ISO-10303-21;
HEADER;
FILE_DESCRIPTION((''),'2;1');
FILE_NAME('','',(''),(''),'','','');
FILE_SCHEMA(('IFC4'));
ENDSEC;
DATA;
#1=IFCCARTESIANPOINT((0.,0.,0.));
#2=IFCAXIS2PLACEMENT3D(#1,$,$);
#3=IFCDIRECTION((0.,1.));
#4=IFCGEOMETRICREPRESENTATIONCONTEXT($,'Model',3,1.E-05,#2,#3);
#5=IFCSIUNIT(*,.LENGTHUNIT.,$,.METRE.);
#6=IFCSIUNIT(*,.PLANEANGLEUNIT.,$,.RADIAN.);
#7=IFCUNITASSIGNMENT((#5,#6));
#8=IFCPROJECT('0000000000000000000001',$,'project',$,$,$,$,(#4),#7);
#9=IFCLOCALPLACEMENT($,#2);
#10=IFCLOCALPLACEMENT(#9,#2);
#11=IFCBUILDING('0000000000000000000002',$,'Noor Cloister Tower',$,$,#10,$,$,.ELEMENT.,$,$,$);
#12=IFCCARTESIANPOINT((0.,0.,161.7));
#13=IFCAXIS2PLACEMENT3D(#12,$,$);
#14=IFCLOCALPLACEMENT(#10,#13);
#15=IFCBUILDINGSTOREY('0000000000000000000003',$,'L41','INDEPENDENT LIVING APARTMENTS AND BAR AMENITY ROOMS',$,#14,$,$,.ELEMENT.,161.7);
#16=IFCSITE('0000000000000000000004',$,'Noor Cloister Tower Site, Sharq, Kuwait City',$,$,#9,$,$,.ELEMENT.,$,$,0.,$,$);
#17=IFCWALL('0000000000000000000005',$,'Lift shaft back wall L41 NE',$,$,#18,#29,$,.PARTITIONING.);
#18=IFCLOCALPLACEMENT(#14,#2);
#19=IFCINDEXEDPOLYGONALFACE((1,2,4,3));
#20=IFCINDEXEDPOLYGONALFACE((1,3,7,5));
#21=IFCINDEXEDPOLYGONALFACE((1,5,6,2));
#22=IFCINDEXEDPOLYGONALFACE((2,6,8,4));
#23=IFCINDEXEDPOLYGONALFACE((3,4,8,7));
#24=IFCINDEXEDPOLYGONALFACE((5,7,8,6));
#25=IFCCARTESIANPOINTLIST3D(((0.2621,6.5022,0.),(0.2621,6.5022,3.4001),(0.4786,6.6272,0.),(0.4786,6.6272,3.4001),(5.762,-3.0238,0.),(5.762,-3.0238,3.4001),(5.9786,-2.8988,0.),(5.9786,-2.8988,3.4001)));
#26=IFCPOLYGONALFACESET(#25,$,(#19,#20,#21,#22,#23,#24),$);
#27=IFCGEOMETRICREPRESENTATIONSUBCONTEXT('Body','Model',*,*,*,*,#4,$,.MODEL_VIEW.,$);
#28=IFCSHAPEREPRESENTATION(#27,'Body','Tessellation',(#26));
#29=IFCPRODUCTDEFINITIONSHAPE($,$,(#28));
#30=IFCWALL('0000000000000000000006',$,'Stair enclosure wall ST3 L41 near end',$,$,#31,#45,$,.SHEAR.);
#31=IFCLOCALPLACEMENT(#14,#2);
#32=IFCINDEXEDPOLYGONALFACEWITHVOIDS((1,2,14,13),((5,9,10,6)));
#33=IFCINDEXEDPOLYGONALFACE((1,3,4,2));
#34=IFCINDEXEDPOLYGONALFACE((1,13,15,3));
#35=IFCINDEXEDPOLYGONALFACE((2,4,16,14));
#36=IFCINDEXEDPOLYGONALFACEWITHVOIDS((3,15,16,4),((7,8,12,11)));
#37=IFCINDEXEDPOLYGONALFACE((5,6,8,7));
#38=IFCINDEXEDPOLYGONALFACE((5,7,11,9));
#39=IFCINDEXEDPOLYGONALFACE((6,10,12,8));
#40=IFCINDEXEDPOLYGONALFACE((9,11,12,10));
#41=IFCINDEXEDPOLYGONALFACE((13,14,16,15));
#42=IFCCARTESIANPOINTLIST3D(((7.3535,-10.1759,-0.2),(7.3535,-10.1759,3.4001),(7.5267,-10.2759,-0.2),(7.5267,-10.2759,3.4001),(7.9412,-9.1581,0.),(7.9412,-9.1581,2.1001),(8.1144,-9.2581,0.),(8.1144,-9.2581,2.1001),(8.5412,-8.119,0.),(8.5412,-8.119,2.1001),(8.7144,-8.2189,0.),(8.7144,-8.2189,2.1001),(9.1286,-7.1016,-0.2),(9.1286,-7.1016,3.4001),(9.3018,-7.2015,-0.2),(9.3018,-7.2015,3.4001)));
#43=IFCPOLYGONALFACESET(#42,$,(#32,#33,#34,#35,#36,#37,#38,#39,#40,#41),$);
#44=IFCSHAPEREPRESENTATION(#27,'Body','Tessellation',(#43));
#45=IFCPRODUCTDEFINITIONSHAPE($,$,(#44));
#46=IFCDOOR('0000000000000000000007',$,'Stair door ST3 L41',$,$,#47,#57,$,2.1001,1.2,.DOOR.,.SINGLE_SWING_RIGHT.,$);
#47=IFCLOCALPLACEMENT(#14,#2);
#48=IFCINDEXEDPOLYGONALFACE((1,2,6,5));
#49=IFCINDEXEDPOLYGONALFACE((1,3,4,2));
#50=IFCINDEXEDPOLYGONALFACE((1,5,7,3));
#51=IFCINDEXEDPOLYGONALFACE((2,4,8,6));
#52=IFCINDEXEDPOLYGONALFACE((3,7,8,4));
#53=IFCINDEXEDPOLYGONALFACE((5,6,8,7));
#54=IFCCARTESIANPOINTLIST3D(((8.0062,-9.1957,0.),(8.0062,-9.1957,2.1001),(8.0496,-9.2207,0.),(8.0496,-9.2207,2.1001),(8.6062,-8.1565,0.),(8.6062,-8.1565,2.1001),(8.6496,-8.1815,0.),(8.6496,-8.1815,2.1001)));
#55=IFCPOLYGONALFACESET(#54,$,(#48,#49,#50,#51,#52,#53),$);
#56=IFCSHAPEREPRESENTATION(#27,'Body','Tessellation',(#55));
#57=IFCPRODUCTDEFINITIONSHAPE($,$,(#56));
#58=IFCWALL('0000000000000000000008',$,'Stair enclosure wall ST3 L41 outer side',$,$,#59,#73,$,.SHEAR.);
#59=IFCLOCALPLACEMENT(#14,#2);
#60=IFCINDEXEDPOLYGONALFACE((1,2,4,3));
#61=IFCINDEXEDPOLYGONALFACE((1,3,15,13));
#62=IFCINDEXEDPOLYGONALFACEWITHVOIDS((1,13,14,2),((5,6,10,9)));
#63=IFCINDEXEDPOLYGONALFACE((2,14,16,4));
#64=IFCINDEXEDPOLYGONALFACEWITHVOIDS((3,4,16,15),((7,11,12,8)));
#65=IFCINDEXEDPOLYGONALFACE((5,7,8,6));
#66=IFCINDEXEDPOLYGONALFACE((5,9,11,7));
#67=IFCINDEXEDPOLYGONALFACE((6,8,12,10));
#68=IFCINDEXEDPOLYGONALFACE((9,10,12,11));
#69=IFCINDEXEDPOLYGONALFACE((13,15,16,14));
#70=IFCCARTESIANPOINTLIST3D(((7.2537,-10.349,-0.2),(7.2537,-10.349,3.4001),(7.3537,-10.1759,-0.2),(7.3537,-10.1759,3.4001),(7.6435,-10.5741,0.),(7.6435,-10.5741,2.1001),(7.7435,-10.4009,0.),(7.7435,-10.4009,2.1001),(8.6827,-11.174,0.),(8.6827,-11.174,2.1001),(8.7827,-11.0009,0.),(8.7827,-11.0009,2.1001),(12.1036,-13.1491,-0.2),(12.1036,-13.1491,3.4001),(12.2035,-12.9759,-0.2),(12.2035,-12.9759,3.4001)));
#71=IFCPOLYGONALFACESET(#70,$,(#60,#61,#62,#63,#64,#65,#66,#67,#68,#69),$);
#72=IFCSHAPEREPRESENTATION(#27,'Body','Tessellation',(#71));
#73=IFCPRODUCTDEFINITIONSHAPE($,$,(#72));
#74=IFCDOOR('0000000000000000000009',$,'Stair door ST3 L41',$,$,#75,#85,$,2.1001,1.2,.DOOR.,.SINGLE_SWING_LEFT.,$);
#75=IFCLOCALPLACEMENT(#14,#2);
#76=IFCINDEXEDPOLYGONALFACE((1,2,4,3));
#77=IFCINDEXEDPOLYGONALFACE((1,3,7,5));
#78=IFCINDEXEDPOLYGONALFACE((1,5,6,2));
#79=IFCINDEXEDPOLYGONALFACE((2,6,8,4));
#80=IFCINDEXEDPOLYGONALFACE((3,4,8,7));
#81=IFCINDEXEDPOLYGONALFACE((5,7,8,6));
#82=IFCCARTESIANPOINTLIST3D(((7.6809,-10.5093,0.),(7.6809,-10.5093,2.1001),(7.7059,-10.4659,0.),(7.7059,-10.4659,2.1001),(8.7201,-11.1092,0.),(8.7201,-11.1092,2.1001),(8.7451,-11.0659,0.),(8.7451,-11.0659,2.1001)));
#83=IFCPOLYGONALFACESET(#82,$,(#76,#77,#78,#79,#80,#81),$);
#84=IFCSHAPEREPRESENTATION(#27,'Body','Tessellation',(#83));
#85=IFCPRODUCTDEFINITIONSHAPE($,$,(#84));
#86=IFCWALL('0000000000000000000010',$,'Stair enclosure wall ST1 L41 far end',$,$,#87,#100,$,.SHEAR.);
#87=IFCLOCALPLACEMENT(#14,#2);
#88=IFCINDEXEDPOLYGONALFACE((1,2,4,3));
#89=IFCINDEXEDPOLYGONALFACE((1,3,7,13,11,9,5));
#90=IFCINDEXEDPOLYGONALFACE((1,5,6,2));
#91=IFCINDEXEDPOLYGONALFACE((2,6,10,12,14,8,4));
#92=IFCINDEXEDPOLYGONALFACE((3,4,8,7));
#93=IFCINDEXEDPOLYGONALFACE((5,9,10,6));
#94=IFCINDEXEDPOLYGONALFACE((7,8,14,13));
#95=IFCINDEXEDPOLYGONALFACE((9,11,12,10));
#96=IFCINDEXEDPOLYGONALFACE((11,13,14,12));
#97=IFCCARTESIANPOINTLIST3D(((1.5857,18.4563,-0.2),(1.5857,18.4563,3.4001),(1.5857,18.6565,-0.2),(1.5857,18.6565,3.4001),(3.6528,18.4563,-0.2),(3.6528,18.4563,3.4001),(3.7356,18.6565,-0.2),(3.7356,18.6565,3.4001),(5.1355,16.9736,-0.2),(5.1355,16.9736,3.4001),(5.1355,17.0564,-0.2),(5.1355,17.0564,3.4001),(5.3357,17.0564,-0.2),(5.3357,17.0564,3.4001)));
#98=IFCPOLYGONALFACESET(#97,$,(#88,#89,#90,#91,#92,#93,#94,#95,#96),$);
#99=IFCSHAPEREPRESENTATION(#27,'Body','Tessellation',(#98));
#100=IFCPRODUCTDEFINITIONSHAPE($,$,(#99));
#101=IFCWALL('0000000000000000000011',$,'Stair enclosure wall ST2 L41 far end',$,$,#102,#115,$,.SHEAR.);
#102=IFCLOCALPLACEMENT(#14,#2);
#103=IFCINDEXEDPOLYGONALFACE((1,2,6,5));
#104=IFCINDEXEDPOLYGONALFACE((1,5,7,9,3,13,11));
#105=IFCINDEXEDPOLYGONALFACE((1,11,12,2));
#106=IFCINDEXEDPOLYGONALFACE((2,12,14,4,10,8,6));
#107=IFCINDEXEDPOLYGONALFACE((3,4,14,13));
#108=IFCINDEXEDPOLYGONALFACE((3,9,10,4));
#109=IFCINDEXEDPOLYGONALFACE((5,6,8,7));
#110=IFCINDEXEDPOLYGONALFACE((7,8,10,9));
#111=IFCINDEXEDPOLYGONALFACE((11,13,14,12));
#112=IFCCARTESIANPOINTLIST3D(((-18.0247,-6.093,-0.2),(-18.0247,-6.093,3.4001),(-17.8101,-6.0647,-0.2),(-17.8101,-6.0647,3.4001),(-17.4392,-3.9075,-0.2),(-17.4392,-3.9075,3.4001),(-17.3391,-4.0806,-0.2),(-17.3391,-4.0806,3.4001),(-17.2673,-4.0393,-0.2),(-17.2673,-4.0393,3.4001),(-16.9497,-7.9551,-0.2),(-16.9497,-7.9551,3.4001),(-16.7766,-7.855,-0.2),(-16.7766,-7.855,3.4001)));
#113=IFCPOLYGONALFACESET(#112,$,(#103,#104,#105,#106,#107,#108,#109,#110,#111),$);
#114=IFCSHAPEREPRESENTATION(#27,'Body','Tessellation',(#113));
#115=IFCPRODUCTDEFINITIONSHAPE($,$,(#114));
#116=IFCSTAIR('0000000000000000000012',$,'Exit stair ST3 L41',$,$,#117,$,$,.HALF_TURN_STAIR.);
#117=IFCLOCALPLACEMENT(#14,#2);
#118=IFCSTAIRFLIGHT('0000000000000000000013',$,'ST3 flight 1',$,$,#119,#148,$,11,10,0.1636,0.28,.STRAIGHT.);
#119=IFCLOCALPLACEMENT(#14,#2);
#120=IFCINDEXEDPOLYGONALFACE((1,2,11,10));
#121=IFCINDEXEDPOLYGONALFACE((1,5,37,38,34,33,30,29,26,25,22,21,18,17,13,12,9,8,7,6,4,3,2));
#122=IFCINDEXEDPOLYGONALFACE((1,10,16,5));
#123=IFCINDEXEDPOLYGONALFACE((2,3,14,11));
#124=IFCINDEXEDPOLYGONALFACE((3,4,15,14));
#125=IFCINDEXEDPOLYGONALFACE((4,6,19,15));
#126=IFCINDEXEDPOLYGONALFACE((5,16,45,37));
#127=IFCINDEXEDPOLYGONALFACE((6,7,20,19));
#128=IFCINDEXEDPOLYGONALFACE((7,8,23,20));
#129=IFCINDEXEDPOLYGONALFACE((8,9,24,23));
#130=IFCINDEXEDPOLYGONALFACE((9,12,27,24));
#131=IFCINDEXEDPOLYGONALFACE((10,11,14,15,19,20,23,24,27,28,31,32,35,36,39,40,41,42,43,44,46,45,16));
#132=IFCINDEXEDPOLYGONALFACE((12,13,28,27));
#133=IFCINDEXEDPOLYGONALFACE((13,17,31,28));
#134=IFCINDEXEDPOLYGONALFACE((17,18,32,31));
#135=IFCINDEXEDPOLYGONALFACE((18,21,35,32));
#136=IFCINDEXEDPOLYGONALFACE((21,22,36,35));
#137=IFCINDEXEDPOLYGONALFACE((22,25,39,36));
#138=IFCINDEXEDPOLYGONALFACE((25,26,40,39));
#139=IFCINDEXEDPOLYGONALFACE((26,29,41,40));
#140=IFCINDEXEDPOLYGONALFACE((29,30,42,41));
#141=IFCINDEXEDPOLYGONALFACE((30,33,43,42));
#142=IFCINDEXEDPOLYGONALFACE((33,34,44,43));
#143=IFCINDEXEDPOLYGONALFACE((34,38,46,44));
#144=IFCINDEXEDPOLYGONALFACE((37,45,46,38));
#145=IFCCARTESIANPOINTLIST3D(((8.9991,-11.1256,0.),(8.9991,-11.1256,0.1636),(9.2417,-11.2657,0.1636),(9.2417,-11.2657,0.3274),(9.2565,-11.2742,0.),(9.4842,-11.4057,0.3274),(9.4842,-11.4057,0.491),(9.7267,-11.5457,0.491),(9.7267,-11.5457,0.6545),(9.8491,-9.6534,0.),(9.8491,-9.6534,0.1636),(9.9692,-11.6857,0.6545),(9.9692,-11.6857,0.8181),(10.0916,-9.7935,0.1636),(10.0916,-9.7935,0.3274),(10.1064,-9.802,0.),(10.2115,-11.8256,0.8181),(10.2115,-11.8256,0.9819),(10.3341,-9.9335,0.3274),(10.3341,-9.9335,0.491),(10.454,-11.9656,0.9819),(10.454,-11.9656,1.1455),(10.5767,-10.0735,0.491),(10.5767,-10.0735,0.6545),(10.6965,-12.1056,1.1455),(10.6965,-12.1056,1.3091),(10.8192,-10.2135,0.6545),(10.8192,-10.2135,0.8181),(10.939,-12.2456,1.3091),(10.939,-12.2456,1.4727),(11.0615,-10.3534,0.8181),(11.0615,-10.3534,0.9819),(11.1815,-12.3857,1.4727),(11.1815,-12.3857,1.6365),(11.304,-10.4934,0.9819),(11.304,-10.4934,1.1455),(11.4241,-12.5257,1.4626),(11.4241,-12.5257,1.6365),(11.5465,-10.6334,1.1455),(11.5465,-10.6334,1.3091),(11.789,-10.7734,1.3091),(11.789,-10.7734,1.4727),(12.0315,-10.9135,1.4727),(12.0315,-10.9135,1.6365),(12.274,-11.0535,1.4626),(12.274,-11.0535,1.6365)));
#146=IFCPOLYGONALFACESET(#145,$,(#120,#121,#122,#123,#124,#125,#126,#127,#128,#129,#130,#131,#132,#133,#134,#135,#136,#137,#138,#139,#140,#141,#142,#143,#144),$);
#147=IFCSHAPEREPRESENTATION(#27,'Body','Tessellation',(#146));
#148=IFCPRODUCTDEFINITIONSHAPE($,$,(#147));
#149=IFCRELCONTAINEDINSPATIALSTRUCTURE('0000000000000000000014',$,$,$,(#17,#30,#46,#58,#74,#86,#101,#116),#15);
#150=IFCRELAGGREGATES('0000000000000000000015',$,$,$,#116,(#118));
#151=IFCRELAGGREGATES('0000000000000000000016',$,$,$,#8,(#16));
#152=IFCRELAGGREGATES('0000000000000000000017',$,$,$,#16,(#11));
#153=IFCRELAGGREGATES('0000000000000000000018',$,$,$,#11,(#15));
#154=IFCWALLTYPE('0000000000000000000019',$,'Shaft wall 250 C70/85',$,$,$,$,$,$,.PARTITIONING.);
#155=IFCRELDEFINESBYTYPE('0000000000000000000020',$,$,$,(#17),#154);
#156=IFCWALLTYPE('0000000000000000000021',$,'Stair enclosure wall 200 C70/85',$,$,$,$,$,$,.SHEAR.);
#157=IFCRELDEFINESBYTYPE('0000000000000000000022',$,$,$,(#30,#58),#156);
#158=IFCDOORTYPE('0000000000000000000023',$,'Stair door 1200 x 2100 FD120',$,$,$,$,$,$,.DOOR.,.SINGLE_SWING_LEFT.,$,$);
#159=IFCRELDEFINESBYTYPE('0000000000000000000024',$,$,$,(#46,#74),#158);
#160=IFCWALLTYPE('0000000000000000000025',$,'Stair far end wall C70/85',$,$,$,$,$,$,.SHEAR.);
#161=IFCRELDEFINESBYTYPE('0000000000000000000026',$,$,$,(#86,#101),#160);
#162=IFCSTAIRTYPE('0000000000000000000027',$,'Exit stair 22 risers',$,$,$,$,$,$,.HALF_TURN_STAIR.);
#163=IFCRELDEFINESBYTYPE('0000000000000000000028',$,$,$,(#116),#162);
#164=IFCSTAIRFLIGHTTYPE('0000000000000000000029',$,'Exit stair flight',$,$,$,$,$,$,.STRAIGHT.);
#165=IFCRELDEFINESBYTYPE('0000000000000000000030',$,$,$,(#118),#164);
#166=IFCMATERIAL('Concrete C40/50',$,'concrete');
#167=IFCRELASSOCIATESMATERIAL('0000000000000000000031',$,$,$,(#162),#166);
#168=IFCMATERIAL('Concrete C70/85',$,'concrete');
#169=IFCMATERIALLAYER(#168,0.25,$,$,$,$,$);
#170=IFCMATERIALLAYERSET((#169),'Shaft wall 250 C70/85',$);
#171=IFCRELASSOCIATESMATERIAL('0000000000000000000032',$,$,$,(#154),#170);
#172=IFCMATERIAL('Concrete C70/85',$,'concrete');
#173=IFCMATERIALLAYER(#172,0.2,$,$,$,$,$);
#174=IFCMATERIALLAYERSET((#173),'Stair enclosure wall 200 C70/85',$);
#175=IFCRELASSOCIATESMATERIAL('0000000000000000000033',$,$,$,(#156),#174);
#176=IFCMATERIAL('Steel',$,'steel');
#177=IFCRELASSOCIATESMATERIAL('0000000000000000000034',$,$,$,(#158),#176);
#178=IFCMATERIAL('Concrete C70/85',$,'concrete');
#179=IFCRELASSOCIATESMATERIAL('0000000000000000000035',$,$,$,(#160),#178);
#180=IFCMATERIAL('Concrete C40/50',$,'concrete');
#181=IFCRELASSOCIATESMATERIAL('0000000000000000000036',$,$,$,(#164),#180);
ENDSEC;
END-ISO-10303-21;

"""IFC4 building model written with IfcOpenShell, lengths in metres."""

from ifc_helpers import new_model, si_unit, direction, frame, frame_2d, origin, place, context, subcontext, project, spatial, polyline, rectangle, outline, extrude, material, layer, layer_set, type_object, element, fill, aggregate, save


model = new_model("IFC4")

# Units and contexts
model_context = context("Model", 3, precision=1e-05, world=origin(), true_north=direction((0.0, 1.0)))
body_context = subcontext(model_context, "Body", "Model", "MODEL_VIEW")
ifc_project = project(units=[si_unit("LENGTHUNIT", "METRE"), si_unit("PLANEANGLEUNIT", "RADIAN")], contexts=[model_context])

# Site, building, storey
site_placement = place(None, origin())
site = spatial("IfcSite", under=ifc_project, at=site_placement, Name="Noor Cloister Tower Site, Sharq, Kuwait City", CompositionType="ELEMENT", RefElevation=0.0)
building_placement = place(site_placement, origin())
building = spatial("IfcBuilding", under=site, at=building_placement, Name="Noor Cloister Tower", CompositionType="ELEMENT")
storey_placement = place(building_placement, frame((0.0, 0.0, 161.7)))
storey = spatial("IfcBuildingStorey", under=building, at=storey_placement, Name="L41", Description="INDEPENDENT LIVING APARTMENTS AND BAR AMENITY ROOMS", CompositionType="ELEMENT", Elevation=161.7)

# Shared definitions
ifc_material_1 = material(Name="Concrete C40/50", Category="concrete")
stair_type = type_object("IfcStairType", Name="Exit stair 22 risers", PredefinedType="HALF_TURN_STAIR", material=ifc_material_1)

# Wall
ifc_material_2 = material(Name="Concrete C70/85", Category="concrete")
ifc_layer_1 = layer(ifc_material_2, 0.25)
ifc_layer_set_1 = layer_set([ifc_layer_1], Name="Shaft wall 250 C70/85")
wall_type_1 = type_object("IfcWallType", Name="Shaft wall 250 C70/85", PredefinedType="PARTITIONING", material=ifc_layer_set_1)
wall_1_placement = place(storey_placement, frame((5.8704, -2.9614, 0.0), z_axis=(0.0, 0.0, 1.0), x_axis=(-0.500006, 0.866022, 0.0)))
element("IfcWall", 1, at=wall_1_placement, inside=storey, type_object=wall_type_1, Name="Lift shaft back wall L41 NE", PredefinedType="PARTITIONING", context=body_context, shape_type="SweptSolid", body=[
    extrude(rectangle(XDim=10.9998, YDim=0.25, at=frame_2d((5.5, 0.0))), origin(), (0.0, 0.0, 1.0), 3.4001),
])

# Walls, openings, doors
ifc_material_3 = material(Name="Concrete C70/85", Category="concrete")
ifc_layer_2 = layer(ifc_material_3, 0.2)
ifc_layer_set_2 = layer_set([ifc_layer_2], Name="Stair enclosure wall 200 C70/85")
wall_type_2 = type_object("IfcWallType", Name="Stair enclosure wall 200 C70/85", PredefinedType="SHEAR", material=ifc_layer_set_2)
wall_2_placement = place(storey_placement, frame((7.4402, -10.2258, -0.2), z_axis=(0.0, 0.0, 1.0), x_axis=(0.500022, 0.866013, 0.0)))
wall_2 = element("IfcWall", 2, at=wall_2_placement, inside=storey, type_object=wall_type_2, Name="Stair enclosure wall ST3 L41 near end", PredefinedType="SHEAR", context=body_context, shape_type="SweptSolid", body=[
    extrude(rectangle(XDim=3.55, YDim=0.2, at=frame_2d((1.7749, 0.0))), origin(), (0.0, 0.0, 1.0), 3.6001),
])
opening_1_placement = place(wall_2_placement, frame((1.175, 0.0, 0.2)))
opening_1 = element("IfcOpeningElement", 3, at=opening_1_placement, cuts=wall_2, PredefinedType="OPENING", context=body_context, shape_type="SweptSolid", body=[
    extrude(rectangle(XDim=1.2, YDim=2.1001, at=frame_2d((0.6001, 1.05))), frame((0.0, 0.1099, 0.0), z_axis=(0.0, -1.0, 0.0), x_axis=(1.0, 0.0, 0.0)), (0.0, 0.0, 1.0), 0.22),
])
ifc_material_4 = material(Name="Steel", Category="steel")
door_type_1 = type_object("IfcDoorType", Name="Stair door 1200 x 2100 FD120", OperationType="SINGLE_SWING_LEFT", PredefinedType="DOOR", material=ifc_material_4)
door_1_placement = place(opening_1_placement, origin())
door_1 = element("IfcDoor", 4, at=door_1_placement, inside=storey, type_object=door_type_1, Name="Stair door ST3 L41", OperationType="SINGLE_SWING_RIGHT", OverallHeight=2.1001, OverallWidth=1.2, PredefinedType="DOOR", context=body_context, shape_type="SweptSolid", body=[
    extrude(rectangle(XDim=1.2, YDim=2.1001, at=frame_2d((0.6001, 1.05))), frame((0.0, 0.0249, 0.0), z_axis=(0.0, -1.0, 0.0), x_axis=(1.0, 0.0, 0.0)), (0.0, 0.0, 1.0), 0.05),
])
fill(opening_1, door_1)
wall_3_placement = place(storey_placement, frame((7.3037, -10.2625, -0.2), z_axis=(0.0, 0.0, 1.0), x_axis=(0.866027, -0.499998, 0.0)))
wall_3 = element("IfcWall", 5, at=wall_3_placement, inside=storey, type_object=wall_type_2, Name="Stair enclosure wall ST3 L41 outer side", PredefinedType="SHEAR", context=body_context, shape_type="SweptSolid", body=[
    extrude(rectangle(XDim=5.6001, YDim=0.2, at=frame_2d((2.8, 0.0))), origin(), (0.0, 0.0, 1.0), 3.6001),
])
opening_2_placement = place(wall_3_placement, frame((0.45, 0.0, 0.2)))
opening_2 = element("IfcOpeningElement", 6, at=opening_2_placement, cuts=wall_3, PredefinedType="OPENING", context=body_context, shape_type="SweptSolid", body=[
    extrude(rectangle(XDim=1.2, YDim=2.1001, at=frame_2d((0.6001, 1.05))), frame((0.0, 0.1099, 0.0), z_axis=(0.0, -1.0, 0.0), x_axis=(1.0, 0.0, 0.0)), (0.0, 0.0, 1.0), 0.22),
])
door_2_placement = place(opening_2_placement, origin())
door_2 = element("IfcDoor", 7, at=door_2_placement, inside=storey, type_object=door_type_1, Name="Stair door ST3 L41", OperationType="SINGLE_SWING_LEFT", OverallHeight=2.1001, OverallWidth=1.2, PredefinedType="DOOR", context=body_context, shape_type="SweptSolid", body=[
    extrude(rectangle(XDim=1.2, YDim=2.1001, at=frame_2d((0.6001, 1.05))), frame((0.0, 0.0249, 0.0), z_axis=(0.0, -1.0, 0.0), x_axis=(1.0, 0.0, 0.0)), (0.0, 0.0, 1.0), 0.05),
])
fill(opening_2, door_2)

# Walls
ifc_material_5 = material(Name="Concrete C70/85", Category="concrete")
wall_type_3 = type_object("IfcWallType", Name="Stair far end wall C70/85", PredefinedType="SHEAR", material=ifc_material_5)
wall_4_placement = place(storey_placement, frame((0.0, 0.0, -0.2)))
element("IfcWall", 8, at=wall_4_placement, inside=storey, type_object=wall_type_3, Name="Stair enclosure wall ST1 L41 far end", PredefinedType="SHEAR", context=body_context, shape_type="SweptSolid", body=[
    extrude(outline(polyline([(5.3357, 17.0564), (3.7356, 18.6565), (1.5857, 18.6565), (1.5857, 18.4563), (3.6528, 18.4563), (5.1355, 16.9736), (5.1355, 17.0564), (5.1355, 17.0564), (5.1355, 17.0564), (5.1355, 17.0564), (5.1355, 17.0564), (5.1355, 17.0564), (5.1355, 17.0564), (5.1355, 17.0564), (5.1355, 17.0564), (5.1355, 17.0564), (5.1355, 17.0564), (5.1355, 17.0564), (5.1355, 17.0564), (5.1355, 17.0564), (5.1355, 17.0564), (5.1355, 17.0564), (5.1355, 17.0564), (5.3357, 17.0564)])), origin(), (0.0, 0.0, 1.0), 3.6001),
])
wall_5_placement = place(storey_placement, frame((0.0, 0.0, -0.2)))
element("IfcWall", 9, at=wall_5_placement, inside=storey, type_object=wall_type_3, Name="Stair enclosure wall ST2 L41 far end", PredefinedType="SHEAR", context=body_context, shape_type="SweptSolid", body=[
    extrude(outline(polyline([(-17.4392, -3.9075), (-18.0247, -6.093), (-16.9497, -7.9551), (-16.7766, -7.855), (-17.8101, -6.0647), (-17.2673, -4.0393), (-17.3391, -4.0806), (-17.3391, -4.0806), (-17.3391, -4.0806), (-17.3391, -4.0806), (-17.3391, -4.0806), (-17.3391, -4.0806), (-17.3391, -4.0806), (-17.3391, -4.0806), (-17.3391, -4.0806), (-17.3391, -4.0806), (-17.3391, -4.0806), (-17.3391, -4.0806), (-17.3391, -4.0806), (-17.3391, -4.0806), (-17.3391, -4.0806), (-17.3391, -4.0806), (-17.3391, -4.0806), (-17.4392, -3.9075)])), origin(), (0.0, 0.0, 1.0), 3.6001),
])

# Stair, stair flight
stair_1_placement = place(storey_placement, origin())
stair_1 = element("IfcStair", 10, at=stair_1_placement, inside=storey, type_object=stair_type, Name="Exit stair ST3 L41", PredefinedType="HALF_TURN_STAIR")
ifc_material_6 = material(Name="Concrete C40/50", Category="concrete")
stair_flight_type = type_object("IfcStairFlightType", Name="Exit stair flight", PredefinedType="STRAIGHT", material=ifc_material_6)
stair_flight_placement = place(storey_placement, frame((9.4241, -10.3896, 0.0), z_axis=(0.0, 0.0, 1.0), x_axis=(0.866025, -0.5, 0.0)))
stair_flight = element("IfcStairFlight", 11, at=stair_flight_placement, type_object=stair_flight_type, Name="ST3 flight 1", NumberOfRisers=11, NumberOfTreads=10, PredefinedType="STRAIGHT", RiserHeight=0.1636, TreadLength=0.28, context=body_context, shape_type="SweptSolid", body=[
    extrude(outline(polyline([(0.0, 0.0), (0.0, 0.1636), (0.28, 0.1636), (0.28, 0.3274), (0.5601, 0.3274), (0.5601, 0.491), (0.8401, 0.491), (0.8401, 0.6545), (1.1201, 0.6545), (1.1201, 0.8181), (1.3999, 0.8181), (1.3999, 0.9819), (1.6799, 0.9819), (1.6799, 1.1455), (1.96, 1.1455), (1.96, 1.3091), (2.24, 1.3091), (2.24, 1.4727), (2.52, 1.4727), (2.52, 1.6365), (2.8, 1.6365), (2.8, 1.8), (2.8, 1.4626), (0.2971, 0.0), (0.0, 0.0)])), frame((0.0, 0.8501, 0.0), z_axis=(0.0, -1.0, 0.0), x_axis=(1.0, 0.0, 0.0)), (0.0, 0.0, 1.0), 1.7),
])
aggregate(stair_1, [stair_flight])

save(model, "model.ifc")
